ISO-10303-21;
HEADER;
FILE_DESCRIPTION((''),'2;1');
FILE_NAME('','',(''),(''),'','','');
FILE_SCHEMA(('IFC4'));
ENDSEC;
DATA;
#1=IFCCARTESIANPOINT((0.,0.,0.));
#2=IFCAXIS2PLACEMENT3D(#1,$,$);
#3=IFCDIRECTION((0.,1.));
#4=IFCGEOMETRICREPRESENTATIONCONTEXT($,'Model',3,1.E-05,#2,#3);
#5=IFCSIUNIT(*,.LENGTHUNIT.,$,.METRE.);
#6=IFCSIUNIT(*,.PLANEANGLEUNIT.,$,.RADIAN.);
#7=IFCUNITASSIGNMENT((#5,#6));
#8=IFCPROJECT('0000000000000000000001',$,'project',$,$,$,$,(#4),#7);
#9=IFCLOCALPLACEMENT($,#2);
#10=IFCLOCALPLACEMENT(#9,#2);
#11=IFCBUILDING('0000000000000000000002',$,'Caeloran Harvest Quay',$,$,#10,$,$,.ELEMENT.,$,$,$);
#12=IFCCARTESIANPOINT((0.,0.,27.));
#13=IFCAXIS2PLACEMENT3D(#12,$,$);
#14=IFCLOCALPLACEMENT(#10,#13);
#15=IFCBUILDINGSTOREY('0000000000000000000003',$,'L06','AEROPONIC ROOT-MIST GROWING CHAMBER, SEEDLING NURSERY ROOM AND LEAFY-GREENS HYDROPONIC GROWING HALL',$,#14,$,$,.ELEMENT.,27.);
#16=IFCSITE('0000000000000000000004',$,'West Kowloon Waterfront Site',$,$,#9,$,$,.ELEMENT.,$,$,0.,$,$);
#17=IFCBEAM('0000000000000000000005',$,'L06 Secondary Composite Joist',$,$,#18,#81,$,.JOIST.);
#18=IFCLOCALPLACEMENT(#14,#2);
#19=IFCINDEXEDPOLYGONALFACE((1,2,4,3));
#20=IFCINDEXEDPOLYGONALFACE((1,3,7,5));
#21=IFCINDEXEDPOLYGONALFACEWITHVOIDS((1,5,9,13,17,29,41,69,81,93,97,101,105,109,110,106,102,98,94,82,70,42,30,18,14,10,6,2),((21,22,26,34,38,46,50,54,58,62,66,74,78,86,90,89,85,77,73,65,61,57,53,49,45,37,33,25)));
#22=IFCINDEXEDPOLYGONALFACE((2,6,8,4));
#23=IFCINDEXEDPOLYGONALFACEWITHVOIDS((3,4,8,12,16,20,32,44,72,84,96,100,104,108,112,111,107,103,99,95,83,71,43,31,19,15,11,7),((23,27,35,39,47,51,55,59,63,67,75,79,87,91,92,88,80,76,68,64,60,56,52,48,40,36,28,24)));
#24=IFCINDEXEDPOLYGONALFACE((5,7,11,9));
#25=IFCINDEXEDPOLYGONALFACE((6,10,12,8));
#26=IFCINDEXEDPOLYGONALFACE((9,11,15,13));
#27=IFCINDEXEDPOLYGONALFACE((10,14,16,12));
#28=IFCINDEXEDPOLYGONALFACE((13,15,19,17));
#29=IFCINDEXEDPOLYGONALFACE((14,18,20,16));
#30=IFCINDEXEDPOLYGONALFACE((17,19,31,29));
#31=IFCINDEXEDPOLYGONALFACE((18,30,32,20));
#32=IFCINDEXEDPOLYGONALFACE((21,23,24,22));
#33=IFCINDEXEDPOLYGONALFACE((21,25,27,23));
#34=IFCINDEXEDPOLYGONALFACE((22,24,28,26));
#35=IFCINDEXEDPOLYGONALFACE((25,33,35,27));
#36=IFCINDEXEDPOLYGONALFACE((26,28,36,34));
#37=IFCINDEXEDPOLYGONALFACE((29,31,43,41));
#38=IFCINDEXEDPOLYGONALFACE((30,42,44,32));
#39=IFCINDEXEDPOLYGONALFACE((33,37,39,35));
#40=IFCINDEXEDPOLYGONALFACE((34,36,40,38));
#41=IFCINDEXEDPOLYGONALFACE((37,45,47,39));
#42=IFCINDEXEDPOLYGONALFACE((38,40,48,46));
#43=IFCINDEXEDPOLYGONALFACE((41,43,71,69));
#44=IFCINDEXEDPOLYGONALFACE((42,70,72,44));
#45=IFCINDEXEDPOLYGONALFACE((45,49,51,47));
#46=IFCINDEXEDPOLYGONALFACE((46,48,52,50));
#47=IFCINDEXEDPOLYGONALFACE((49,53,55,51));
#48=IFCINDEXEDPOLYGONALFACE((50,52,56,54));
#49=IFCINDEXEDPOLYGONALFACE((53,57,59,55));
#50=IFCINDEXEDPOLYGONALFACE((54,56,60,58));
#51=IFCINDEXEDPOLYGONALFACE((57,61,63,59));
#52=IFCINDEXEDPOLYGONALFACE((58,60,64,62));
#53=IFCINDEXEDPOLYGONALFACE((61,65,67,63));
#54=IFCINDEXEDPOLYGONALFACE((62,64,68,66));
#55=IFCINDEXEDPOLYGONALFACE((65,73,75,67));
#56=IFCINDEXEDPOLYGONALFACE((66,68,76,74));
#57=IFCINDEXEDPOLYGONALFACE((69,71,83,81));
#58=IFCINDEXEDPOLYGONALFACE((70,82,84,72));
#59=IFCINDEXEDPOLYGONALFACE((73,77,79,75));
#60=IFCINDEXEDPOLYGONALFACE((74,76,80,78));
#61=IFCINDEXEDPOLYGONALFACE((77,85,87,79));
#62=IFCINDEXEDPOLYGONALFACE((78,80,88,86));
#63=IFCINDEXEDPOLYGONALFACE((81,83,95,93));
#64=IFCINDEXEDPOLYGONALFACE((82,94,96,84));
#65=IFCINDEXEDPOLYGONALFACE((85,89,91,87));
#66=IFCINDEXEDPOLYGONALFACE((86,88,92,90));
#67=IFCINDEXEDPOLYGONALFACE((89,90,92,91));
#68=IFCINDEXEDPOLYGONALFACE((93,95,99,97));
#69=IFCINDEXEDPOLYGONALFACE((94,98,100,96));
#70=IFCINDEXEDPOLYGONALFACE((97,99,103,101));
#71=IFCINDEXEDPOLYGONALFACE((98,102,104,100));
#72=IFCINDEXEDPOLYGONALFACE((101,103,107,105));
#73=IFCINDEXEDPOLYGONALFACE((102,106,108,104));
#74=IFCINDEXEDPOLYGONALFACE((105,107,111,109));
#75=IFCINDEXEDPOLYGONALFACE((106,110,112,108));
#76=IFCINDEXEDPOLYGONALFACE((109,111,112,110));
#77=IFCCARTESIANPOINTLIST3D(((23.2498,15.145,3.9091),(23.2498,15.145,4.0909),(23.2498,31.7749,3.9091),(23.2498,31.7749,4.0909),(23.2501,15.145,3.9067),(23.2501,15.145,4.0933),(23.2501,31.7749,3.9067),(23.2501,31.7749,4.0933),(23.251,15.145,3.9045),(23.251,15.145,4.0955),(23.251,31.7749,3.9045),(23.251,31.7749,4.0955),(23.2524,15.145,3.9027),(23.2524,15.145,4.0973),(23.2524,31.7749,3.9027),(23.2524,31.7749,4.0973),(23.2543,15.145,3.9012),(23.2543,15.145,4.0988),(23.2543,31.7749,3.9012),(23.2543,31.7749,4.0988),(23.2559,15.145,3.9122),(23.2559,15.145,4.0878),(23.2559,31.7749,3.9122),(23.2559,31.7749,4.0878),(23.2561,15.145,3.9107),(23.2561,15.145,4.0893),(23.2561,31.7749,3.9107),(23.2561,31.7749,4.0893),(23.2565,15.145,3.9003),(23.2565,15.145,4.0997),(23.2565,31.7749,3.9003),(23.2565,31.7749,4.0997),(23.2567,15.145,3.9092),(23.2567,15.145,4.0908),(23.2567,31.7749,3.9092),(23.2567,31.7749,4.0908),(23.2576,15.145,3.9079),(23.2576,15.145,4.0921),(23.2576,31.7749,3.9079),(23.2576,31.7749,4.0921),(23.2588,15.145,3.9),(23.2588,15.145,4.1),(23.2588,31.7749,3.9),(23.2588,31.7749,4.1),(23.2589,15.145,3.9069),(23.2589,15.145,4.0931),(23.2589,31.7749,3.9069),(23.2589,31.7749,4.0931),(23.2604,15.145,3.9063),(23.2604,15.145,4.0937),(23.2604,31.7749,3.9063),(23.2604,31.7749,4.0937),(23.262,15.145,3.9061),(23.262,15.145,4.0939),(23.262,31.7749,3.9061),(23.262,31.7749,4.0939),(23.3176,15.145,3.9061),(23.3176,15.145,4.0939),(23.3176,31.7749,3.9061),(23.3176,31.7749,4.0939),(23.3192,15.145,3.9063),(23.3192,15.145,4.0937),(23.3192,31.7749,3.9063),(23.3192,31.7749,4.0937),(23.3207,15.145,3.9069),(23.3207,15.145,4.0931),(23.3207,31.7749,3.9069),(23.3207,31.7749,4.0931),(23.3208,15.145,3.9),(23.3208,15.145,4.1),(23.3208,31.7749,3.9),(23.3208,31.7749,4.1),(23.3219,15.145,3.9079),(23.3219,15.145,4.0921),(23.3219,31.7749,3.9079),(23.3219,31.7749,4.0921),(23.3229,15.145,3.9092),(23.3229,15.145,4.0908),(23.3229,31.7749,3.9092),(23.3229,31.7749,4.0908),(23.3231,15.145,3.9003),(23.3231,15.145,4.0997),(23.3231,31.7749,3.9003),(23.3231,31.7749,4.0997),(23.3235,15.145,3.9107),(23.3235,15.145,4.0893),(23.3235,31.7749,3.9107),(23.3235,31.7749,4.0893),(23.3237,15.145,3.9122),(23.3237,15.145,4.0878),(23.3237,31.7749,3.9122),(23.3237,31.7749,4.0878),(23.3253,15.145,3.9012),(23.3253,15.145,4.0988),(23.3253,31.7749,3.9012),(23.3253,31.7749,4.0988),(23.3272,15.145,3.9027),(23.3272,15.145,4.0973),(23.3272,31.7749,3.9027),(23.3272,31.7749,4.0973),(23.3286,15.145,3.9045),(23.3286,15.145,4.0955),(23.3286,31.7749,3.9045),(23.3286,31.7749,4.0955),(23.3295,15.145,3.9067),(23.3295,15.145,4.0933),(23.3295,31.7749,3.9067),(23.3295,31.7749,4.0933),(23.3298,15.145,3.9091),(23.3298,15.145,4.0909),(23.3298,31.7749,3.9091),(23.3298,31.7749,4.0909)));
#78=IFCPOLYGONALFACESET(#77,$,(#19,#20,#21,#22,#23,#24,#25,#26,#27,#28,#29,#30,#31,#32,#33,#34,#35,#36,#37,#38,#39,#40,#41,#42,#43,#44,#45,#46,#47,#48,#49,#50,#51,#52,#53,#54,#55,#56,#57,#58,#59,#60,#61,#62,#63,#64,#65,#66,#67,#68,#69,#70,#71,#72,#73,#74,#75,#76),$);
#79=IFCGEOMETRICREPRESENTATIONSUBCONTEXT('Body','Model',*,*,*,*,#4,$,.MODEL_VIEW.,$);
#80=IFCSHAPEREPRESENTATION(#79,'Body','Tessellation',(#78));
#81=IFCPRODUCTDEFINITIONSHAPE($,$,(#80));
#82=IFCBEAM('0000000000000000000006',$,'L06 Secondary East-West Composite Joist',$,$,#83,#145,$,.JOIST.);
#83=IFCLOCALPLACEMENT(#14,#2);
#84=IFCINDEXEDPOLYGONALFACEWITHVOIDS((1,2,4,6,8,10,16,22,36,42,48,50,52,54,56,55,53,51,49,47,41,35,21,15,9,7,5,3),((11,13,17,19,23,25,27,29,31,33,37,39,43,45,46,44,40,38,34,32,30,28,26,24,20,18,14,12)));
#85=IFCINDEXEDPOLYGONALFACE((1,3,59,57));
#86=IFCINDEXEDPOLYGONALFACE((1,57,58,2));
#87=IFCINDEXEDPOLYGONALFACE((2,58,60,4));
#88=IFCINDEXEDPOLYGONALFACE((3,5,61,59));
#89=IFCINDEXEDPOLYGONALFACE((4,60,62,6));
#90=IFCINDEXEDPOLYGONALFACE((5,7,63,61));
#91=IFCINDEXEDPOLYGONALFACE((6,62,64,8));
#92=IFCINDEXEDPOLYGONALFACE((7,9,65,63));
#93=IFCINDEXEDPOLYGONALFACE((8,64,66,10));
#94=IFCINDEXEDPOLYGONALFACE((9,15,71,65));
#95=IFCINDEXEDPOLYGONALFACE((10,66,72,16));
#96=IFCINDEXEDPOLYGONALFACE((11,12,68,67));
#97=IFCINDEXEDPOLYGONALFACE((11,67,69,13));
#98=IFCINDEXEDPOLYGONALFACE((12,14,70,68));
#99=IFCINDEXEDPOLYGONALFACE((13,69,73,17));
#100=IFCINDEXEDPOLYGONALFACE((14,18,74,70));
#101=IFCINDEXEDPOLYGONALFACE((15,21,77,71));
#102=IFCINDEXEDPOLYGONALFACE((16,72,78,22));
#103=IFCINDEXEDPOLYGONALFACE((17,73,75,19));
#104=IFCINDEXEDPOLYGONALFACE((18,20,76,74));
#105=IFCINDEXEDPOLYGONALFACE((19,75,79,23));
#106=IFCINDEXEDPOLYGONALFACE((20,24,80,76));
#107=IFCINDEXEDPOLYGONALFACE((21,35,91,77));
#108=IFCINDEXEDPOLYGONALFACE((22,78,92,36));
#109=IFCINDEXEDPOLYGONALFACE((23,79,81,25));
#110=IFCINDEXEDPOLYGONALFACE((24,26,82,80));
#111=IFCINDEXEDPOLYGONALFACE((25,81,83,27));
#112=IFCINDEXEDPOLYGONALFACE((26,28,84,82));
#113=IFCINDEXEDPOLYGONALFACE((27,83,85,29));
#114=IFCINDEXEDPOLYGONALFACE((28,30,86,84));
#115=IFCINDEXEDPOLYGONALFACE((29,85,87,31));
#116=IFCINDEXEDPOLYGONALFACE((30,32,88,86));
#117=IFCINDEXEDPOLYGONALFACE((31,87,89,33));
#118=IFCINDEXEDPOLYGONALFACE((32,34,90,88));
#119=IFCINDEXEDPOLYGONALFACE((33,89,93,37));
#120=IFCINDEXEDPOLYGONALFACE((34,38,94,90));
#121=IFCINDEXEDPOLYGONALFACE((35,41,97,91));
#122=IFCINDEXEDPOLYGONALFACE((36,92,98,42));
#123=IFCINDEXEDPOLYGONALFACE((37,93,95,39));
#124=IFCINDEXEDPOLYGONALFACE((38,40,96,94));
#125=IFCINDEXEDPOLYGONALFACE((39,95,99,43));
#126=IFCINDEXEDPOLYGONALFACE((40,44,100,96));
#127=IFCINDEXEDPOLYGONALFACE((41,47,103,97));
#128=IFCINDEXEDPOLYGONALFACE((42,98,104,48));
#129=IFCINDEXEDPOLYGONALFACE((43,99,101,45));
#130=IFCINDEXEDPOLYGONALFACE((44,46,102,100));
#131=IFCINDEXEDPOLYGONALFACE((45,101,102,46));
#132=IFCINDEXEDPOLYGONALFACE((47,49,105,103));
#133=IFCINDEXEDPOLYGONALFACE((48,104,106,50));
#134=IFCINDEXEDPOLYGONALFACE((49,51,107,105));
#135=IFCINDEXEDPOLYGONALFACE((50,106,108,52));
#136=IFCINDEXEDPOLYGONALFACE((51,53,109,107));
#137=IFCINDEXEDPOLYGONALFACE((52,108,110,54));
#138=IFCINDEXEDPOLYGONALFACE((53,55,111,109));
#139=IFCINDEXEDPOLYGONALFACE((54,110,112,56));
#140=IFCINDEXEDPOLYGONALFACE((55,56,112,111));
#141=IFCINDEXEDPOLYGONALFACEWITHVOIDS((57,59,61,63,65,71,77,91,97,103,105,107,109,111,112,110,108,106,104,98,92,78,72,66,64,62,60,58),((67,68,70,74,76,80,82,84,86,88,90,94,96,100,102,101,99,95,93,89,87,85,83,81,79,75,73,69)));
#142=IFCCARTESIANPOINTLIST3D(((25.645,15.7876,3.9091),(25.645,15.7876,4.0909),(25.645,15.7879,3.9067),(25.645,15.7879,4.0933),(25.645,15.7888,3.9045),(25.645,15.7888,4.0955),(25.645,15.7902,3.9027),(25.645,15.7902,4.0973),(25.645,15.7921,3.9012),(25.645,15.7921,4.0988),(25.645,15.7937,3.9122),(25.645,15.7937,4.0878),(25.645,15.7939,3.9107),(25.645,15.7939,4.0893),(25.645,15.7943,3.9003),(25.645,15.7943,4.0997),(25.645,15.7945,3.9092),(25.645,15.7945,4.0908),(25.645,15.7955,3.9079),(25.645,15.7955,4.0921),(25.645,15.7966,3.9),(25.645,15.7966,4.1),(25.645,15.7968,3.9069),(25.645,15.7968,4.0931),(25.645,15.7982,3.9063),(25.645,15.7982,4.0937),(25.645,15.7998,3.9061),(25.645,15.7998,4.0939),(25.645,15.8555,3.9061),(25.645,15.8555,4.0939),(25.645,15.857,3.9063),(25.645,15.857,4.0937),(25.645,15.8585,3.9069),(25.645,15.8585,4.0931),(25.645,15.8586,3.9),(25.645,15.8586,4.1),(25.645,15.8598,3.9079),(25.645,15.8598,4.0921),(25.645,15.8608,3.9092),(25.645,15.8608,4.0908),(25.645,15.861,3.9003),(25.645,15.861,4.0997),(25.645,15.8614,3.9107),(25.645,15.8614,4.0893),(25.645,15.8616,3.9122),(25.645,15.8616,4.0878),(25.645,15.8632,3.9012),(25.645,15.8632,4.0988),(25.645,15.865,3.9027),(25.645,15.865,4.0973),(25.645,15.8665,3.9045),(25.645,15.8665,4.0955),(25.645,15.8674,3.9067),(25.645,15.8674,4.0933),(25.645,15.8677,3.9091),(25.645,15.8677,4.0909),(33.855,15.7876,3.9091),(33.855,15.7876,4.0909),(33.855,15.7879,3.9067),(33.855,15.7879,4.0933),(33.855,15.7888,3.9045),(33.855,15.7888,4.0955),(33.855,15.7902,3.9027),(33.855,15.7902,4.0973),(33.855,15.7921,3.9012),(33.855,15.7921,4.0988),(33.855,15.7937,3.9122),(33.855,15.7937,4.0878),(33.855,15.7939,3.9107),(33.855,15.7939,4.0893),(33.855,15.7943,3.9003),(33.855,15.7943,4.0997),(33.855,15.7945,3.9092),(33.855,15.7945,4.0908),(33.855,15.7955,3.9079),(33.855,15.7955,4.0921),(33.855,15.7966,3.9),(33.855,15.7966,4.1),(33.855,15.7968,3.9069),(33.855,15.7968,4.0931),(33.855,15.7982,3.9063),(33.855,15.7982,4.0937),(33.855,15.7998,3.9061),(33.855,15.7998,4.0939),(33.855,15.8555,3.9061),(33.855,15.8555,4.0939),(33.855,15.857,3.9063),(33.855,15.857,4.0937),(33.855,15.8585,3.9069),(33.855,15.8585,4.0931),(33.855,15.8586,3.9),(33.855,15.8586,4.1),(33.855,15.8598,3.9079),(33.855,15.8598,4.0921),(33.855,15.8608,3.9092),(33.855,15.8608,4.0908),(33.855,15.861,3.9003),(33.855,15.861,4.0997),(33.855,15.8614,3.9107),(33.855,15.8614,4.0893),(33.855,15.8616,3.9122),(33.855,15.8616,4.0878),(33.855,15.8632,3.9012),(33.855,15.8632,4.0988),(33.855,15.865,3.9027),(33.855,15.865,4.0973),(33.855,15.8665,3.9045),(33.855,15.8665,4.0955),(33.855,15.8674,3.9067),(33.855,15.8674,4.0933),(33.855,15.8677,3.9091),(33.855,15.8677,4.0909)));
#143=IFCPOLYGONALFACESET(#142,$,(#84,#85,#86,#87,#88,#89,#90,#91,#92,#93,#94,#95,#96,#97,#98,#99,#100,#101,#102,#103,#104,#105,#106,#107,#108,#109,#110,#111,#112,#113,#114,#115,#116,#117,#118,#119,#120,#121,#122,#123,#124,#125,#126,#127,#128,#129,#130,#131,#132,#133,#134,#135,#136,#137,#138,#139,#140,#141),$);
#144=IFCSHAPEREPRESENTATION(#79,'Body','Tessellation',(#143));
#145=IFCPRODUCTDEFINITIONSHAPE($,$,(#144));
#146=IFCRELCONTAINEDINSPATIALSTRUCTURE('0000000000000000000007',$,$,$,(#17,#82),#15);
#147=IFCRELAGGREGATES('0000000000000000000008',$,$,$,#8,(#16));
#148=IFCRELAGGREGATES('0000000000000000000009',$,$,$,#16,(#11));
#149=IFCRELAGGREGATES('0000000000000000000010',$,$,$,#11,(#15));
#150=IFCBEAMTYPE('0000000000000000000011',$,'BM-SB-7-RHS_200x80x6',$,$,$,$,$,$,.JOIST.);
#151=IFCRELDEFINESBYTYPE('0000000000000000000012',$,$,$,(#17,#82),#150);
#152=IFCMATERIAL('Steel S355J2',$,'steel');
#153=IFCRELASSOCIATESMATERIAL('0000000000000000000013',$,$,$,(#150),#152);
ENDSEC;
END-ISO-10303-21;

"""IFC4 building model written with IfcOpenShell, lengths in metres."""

from ifc_helpers import new_model, si_unit, direction, frame, origin, origin_2d, place, context, subcontext, project, spatial, hollow_rectangle, extrude, material, material_profile, profile_set, type_object, element, save


model = new_model("IFC4")

# Units and contexts
model_context = context("Model", 3, precision=1e-05, world=origin(), true_north=direction((0.0, 1.0)))
body_context = subcontext(model_context, "Body", "Model", "MODEL_VIEW")
ifc_project = project(units=[si_unit("LENGTHUNIT", "METRE"), si_unit("PLANEANGLEUNIT", "RADIAN")], contexts=[model_context])

# Site, building, storey
site_placement = place(None, origin())
site = spatial("IfcSite", under=ifc_project, at=site_placement, Name="West Kowloon Waterfront Site", CompositionType="ELEMENT", RefElevation=0.0)
building_placement = place(site_placement, origin())
building = spatial("IfcBuilding", under=site, at=building_placement, Name="Caeloran Harvest Quay", CompositionType="ELEMENT")
storey_placement = place(building_placement, frame((0.0, 0.0, 27.0)))
storey = spatial("IfcBuildingStorey", under=building, at=storey_placement, Name="L06", Description="AEROPONIC ROOT-MIST GROWING CHAMBER, SEEDLING NURSERY ROOM AND LEAFY-GREENS HYDROPONIC GROWING HALL", CompositionType="ELEMENT", Elevation=27.0)

# Beams
ifc_material_1 = material(Name="Steel S355J2", Category="steel")
ifc_material_profile_1 = material_profile(ifc_material_1, hollow_rectangle(XDim=0.0801, YDim=0.2, WallThickness=0.0061, InnerFilletRadius=0.0061, OuterFilletRadius=0.009, at=origin_2d()), Name="RHS 200x80x6")
ifc_profile_set_1 = profile_set([ifc_material_profile_1], Name="Steel S355J2")
beam_type_1 = type_object("IfcBeamType", Name="BM-SB-7-RHS_200x80x6", PredefinedType="JOIST", material=ifc_profile_set_1)
for number, where, z_axis, x_axis, name in (
    (1, (23.2898, 15.145, 4.0), (0.0, 1.0, 0.0), (-1.0, 0.0, 0.0), "L06 Secondary Composite Joist"),
):
    element("IfcBeam", number, at=place(storey_placement, frame(where, z_axis=z_axis, x_axis=x_axis)), inside=storey, type_object=beam_type_1, Name=name, PredefinedType="JOIST", context=body_context, shape_type="SweptSolid", body=[
        extrude(hollow_rectangle(XDim=0.0801, YDim=0.2, WallThickness=0.0061, InnerFilletRadius=0.0061, OuterFilletRadius=0.009, at=origin_2d()), origin(), (0.0, 0.0, 1.0), 16.6299),
    ])
for number, where, z_axis, x_axis, name in (
    (2, (25.645, 15.8276, 4.0), (1.0, 0.0, 0.0), (0.0, 1.0, 0.0), "L06 Secondary East-West Composite Joist"),
):
    element("IfcBeam", number, at=place(storey_placement, frame(where, z_axis=z_axis, x_axis=x_axis)), inside=storey, type_object=beam_type_1, Name=name, PredefinedType="JOIST", context=body_context, shape_type="SweptSolid", body=[
        extrude(hollow_rectangle(XDim=0.0801, YDim=0.2, WallThickness=0.0061, InnerFilletRadius=0.0061, OuterFilletRadius=0.009, at=origin_2d()), origin(), (0.0, 0.0, 1.0), 8.21),
    ])

save(model, "model.ifc")
